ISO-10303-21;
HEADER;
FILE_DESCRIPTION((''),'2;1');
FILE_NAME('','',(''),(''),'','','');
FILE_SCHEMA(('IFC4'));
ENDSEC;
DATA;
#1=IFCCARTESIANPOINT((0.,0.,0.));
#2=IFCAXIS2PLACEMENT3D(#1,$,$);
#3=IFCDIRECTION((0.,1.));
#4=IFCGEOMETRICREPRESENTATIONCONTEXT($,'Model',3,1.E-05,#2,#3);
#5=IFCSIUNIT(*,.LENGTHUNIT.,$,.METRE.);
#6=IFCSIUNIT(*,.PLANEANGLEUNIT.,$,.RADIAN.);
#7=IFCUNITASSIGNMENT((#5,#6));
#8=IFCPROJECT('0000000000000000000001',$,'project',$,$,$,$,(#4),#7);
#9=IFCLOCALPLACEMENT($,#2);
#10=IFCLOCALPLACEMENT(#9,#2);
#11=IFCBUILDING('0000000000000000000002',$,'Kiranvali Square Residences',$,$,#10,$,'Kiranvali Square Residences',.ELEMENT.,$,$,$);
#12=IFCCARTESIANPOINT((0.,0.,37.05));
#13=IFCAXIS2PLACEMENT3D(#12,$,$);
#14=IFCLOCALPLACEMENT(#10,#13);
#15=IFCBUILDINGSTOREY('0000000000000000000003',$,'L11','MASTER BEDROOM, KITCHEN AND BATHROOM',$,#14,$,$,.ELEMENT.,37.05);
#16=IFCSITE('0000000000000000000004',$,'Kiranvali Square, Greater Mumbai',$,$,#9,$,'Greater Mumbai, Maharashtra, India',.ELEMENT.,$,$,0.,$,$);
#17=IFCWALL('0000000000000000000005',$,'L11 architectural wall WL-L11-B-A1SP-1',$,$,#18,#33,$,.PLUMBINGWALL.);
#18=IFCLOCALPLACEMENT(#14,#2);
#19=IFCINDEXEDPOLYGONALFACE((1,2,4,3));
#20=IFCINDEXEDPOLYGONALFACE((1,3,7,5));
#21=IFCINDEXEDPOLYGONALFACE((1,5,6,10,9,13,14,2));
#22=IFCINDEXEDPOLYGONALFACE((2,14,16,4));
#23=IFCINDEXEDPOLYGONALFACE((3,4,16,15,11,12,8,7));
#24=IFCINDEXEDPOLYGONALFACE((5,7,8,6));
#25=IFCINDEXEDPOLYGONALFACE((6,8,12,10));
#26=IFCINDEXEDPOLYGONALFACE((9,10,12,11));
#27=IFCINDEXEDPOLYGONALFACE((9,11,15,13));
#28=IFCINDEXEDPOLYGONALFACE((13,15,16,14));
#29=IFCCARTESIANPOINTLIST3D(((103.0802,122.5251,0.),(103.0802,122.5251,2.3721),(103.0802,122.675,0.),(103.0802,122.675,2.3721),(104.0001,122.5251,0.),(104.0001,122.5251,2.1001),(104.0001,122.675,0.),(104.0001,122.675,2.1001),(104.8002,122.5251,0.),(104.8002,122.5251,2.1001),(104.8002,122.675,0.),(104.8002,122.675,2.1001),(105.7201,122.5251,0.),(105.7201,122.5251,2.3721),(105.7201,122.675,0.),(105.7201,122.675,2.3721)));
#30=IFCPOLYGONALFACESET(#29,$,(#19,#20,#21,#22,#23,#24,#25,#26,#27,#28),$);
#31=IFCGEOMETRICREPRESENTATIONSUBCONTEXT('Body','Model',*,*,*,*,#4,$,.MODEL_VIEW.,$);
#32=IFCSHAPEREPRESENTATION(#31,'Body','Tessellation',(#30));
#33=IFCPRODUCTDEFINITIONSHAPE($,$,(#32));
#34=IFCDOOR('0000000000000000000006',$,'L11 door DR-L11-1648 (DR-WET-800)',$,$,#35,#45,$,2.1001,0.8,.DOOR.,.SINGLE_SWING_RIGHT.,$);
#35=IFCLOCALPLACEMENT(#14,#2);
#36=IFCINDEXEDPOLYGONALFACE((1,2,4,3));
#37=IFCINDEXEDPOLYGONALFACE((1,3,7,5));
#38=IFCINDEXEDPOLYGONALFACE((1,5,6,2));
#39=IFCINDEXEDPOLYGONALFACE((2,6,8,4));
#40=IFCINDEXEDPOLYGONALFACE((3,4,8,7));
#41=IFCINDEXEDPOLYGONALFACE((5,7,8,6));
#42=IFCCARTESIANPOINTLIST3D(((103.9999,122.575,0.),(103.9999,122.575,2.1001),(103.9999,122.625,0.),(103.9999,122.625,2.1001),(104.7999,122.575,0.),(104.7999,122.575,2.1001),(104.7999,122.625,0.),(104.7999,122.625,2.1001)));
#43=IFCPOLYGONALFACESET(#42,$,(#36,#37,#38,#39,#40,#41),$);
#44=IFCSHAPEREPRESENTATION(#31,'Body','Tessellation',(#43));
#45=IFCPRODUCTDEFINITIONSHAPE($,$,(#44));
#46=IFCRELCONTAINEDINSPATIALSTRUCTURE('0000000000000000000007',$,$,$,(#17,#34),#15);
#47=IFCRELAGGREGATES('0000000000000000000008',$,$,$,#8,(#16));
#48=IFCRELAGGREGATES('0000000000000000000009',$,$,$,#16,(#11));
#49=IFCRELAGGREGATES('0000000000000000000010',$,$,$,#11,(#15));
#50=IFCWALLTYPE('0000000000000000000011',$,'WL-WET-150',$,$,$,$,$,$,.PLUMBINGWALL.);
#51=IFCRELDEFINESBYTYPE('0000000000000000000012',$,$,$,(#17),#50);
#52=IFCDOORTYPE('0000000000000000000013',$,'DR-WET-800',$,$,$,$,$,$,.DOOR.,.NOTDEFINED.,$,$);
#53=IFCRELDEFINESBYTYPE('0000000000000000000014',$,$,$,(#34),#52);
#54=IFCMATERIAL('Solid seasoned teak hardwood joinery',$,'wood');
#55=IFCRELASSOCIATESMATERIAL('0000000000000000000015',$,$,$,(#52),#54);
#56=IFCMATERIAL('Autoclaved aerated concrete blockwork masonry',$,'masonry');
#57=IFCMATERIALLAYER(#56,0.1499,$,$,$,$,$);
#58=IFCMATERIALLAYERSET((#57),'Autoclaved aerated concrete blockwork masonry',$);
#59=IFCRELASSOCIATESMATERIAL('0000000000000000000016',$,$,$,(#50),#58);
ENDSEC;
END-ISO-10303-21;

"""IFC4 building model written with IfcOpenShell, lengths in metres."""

from ifc_helpers import new_model, si_unit, direction, frame, frame_2d, origin, place, context, subcontext, project, spatial, rectangle, extrude, material, layer, layer_set, type_object, element, fill, save


model = new_model("IFC4")

# Units and contexts
model_context = context("Model", 3, precision=1e-05, world=origin(), true_north=direction((0.0, 1.0)))
body_context = subcontext(model_context, "Body", "Model", "MODEL_VIEW")
ifc_project = project(units=[si_unit("LENGTHUNIT", "METRE"), si_unit("PLANEANGLEUNIT", "RADIAN")], contexts=[model_context])

# Site, building, storey
site_placement = place(None, origin())
site = spatial("IfcSite", under=ifc_project, at=site_placement, Name="Kiranvali Square, Greater Mumbai", LongName="Greater Mumbai, Maharashtra, India", CompositionType="ELEMENT", RefElevation=0.0)
building_placement = place(site_placement, origin())
building = spatial("IfcBuilding", under=site, at=building_placement, Name="Kiranvali Square Residences", LongName="Kiranvali Square Residences", CompositionType="ELEMENT")
storey_placement = place(building_placement, frame((0.0, 0.0, 37.05)))
storey = spatial("IfcBuildingStorey", under=building, at=storey_placement, Name="L11", Description="MASTER BEDROOM, KITCHEN AND BATHROOM", CompositionType="ELEMENT", Elevation=37.05)

# Shared definitions
ifc_material_1 = material(Name="Autoclaved aerated concrete blockwork masonry", Category="masonry")

# Wall, opening, door
ifc_material_2 = material(Name="Solid seasoned teak hardwood joinery", Category="wood")
door_type_1 = type_object("IfcDoorType", Name="DR-WET-800", OperationType="NOTDEFINED", PredefinedType="DOOR", material=ifc_material_2)
ifc_layer_1 = layer(ifc_material_1, 0.1499)
ifc_layer_set_1 = layer_set([ifc_layer_1], Name="Autoclaved aerated concrete blockwork masonry")
wall_type_1 = type_object("IfcWallType", Name="WL-WET-150", PredefinedType="PLUMBINGWALL", material=ifc_layer_set_1)
wall_1_placement = place(storey_placement, frame((105.72, 122.6001, 0.0), z_axis=(0.0, 0.0, 1.0), x_axis=(-1.0, 0.0, 0.0)))
wall_1 = element("IfcWall", 1, at=wall_1_placement, inside=storey, type_object=wall_type_1, Name="L11 architectural wall WL-L11-B-A1SP-1", PredefinedType="PLUMBINGWALL", context=body_context, shape_type="SweptSolid", body=[
    extrude(rectangle(XDim=2.6399, YDim=0.1499, at=frame_2d((1.3198, 0.0))), origin(), (0.0, 0.0, 1.0), 2.3721),
])
opening_1_placement = place(wall_1_placement, frame((0.9199, 0.0, 0.0)))
opening_1 = element("IfcOpeningElement", 2, at=opening_1_placement, cuts=wall_1, PredefinedType="OPENING", context=body_context, shape_type="SweptSolid", body=[
    extrude(rectangle(XDim=0.8, YDim=2.1001, at=frame_2d((0.3999, 1.05))), frame((0.0, 0.085, 0.0), z_axis=(0.0, -1.0, 0.0), x_axis=(1.0, 0.0, 0.0)), (0.0, 0.0, 1.0), 0.1699),
])
door_1_placement = place(opening_1_placement, frame((0.8, 0.0, 0.0), z_axis=(0.0, 0.0, 1.0), x_axis=(-1.0, 0.0, 0.0)))
door_1 = element("IfcDoor", 3, at=door_1_placement, inside=storey, type_object=door_type_1, Name="L11 door DR-L11-1648 (DR-WET-800)", OperationType="SINGLE_SWING_RIGHT", OverallHeight=2.1001, OverallWidth=0.8, PredefinedType="DOOR", context=body_context, shape_type="SweptSolid", body=[
    extrude(rectangle(XDim=0.8, YDim=2.1001, at=frame_2d((0.3999, 1.05))), frame((0.0, 0.0249, 0.0), z_axis=(0.0, -1.0, 0.0), x_axis=(1.0, 0.0, 0.0)), (0.0, 0.0, 1.0), 0.05),
])
fill(opening_1, door_1)

save(model, "model.ifc")
